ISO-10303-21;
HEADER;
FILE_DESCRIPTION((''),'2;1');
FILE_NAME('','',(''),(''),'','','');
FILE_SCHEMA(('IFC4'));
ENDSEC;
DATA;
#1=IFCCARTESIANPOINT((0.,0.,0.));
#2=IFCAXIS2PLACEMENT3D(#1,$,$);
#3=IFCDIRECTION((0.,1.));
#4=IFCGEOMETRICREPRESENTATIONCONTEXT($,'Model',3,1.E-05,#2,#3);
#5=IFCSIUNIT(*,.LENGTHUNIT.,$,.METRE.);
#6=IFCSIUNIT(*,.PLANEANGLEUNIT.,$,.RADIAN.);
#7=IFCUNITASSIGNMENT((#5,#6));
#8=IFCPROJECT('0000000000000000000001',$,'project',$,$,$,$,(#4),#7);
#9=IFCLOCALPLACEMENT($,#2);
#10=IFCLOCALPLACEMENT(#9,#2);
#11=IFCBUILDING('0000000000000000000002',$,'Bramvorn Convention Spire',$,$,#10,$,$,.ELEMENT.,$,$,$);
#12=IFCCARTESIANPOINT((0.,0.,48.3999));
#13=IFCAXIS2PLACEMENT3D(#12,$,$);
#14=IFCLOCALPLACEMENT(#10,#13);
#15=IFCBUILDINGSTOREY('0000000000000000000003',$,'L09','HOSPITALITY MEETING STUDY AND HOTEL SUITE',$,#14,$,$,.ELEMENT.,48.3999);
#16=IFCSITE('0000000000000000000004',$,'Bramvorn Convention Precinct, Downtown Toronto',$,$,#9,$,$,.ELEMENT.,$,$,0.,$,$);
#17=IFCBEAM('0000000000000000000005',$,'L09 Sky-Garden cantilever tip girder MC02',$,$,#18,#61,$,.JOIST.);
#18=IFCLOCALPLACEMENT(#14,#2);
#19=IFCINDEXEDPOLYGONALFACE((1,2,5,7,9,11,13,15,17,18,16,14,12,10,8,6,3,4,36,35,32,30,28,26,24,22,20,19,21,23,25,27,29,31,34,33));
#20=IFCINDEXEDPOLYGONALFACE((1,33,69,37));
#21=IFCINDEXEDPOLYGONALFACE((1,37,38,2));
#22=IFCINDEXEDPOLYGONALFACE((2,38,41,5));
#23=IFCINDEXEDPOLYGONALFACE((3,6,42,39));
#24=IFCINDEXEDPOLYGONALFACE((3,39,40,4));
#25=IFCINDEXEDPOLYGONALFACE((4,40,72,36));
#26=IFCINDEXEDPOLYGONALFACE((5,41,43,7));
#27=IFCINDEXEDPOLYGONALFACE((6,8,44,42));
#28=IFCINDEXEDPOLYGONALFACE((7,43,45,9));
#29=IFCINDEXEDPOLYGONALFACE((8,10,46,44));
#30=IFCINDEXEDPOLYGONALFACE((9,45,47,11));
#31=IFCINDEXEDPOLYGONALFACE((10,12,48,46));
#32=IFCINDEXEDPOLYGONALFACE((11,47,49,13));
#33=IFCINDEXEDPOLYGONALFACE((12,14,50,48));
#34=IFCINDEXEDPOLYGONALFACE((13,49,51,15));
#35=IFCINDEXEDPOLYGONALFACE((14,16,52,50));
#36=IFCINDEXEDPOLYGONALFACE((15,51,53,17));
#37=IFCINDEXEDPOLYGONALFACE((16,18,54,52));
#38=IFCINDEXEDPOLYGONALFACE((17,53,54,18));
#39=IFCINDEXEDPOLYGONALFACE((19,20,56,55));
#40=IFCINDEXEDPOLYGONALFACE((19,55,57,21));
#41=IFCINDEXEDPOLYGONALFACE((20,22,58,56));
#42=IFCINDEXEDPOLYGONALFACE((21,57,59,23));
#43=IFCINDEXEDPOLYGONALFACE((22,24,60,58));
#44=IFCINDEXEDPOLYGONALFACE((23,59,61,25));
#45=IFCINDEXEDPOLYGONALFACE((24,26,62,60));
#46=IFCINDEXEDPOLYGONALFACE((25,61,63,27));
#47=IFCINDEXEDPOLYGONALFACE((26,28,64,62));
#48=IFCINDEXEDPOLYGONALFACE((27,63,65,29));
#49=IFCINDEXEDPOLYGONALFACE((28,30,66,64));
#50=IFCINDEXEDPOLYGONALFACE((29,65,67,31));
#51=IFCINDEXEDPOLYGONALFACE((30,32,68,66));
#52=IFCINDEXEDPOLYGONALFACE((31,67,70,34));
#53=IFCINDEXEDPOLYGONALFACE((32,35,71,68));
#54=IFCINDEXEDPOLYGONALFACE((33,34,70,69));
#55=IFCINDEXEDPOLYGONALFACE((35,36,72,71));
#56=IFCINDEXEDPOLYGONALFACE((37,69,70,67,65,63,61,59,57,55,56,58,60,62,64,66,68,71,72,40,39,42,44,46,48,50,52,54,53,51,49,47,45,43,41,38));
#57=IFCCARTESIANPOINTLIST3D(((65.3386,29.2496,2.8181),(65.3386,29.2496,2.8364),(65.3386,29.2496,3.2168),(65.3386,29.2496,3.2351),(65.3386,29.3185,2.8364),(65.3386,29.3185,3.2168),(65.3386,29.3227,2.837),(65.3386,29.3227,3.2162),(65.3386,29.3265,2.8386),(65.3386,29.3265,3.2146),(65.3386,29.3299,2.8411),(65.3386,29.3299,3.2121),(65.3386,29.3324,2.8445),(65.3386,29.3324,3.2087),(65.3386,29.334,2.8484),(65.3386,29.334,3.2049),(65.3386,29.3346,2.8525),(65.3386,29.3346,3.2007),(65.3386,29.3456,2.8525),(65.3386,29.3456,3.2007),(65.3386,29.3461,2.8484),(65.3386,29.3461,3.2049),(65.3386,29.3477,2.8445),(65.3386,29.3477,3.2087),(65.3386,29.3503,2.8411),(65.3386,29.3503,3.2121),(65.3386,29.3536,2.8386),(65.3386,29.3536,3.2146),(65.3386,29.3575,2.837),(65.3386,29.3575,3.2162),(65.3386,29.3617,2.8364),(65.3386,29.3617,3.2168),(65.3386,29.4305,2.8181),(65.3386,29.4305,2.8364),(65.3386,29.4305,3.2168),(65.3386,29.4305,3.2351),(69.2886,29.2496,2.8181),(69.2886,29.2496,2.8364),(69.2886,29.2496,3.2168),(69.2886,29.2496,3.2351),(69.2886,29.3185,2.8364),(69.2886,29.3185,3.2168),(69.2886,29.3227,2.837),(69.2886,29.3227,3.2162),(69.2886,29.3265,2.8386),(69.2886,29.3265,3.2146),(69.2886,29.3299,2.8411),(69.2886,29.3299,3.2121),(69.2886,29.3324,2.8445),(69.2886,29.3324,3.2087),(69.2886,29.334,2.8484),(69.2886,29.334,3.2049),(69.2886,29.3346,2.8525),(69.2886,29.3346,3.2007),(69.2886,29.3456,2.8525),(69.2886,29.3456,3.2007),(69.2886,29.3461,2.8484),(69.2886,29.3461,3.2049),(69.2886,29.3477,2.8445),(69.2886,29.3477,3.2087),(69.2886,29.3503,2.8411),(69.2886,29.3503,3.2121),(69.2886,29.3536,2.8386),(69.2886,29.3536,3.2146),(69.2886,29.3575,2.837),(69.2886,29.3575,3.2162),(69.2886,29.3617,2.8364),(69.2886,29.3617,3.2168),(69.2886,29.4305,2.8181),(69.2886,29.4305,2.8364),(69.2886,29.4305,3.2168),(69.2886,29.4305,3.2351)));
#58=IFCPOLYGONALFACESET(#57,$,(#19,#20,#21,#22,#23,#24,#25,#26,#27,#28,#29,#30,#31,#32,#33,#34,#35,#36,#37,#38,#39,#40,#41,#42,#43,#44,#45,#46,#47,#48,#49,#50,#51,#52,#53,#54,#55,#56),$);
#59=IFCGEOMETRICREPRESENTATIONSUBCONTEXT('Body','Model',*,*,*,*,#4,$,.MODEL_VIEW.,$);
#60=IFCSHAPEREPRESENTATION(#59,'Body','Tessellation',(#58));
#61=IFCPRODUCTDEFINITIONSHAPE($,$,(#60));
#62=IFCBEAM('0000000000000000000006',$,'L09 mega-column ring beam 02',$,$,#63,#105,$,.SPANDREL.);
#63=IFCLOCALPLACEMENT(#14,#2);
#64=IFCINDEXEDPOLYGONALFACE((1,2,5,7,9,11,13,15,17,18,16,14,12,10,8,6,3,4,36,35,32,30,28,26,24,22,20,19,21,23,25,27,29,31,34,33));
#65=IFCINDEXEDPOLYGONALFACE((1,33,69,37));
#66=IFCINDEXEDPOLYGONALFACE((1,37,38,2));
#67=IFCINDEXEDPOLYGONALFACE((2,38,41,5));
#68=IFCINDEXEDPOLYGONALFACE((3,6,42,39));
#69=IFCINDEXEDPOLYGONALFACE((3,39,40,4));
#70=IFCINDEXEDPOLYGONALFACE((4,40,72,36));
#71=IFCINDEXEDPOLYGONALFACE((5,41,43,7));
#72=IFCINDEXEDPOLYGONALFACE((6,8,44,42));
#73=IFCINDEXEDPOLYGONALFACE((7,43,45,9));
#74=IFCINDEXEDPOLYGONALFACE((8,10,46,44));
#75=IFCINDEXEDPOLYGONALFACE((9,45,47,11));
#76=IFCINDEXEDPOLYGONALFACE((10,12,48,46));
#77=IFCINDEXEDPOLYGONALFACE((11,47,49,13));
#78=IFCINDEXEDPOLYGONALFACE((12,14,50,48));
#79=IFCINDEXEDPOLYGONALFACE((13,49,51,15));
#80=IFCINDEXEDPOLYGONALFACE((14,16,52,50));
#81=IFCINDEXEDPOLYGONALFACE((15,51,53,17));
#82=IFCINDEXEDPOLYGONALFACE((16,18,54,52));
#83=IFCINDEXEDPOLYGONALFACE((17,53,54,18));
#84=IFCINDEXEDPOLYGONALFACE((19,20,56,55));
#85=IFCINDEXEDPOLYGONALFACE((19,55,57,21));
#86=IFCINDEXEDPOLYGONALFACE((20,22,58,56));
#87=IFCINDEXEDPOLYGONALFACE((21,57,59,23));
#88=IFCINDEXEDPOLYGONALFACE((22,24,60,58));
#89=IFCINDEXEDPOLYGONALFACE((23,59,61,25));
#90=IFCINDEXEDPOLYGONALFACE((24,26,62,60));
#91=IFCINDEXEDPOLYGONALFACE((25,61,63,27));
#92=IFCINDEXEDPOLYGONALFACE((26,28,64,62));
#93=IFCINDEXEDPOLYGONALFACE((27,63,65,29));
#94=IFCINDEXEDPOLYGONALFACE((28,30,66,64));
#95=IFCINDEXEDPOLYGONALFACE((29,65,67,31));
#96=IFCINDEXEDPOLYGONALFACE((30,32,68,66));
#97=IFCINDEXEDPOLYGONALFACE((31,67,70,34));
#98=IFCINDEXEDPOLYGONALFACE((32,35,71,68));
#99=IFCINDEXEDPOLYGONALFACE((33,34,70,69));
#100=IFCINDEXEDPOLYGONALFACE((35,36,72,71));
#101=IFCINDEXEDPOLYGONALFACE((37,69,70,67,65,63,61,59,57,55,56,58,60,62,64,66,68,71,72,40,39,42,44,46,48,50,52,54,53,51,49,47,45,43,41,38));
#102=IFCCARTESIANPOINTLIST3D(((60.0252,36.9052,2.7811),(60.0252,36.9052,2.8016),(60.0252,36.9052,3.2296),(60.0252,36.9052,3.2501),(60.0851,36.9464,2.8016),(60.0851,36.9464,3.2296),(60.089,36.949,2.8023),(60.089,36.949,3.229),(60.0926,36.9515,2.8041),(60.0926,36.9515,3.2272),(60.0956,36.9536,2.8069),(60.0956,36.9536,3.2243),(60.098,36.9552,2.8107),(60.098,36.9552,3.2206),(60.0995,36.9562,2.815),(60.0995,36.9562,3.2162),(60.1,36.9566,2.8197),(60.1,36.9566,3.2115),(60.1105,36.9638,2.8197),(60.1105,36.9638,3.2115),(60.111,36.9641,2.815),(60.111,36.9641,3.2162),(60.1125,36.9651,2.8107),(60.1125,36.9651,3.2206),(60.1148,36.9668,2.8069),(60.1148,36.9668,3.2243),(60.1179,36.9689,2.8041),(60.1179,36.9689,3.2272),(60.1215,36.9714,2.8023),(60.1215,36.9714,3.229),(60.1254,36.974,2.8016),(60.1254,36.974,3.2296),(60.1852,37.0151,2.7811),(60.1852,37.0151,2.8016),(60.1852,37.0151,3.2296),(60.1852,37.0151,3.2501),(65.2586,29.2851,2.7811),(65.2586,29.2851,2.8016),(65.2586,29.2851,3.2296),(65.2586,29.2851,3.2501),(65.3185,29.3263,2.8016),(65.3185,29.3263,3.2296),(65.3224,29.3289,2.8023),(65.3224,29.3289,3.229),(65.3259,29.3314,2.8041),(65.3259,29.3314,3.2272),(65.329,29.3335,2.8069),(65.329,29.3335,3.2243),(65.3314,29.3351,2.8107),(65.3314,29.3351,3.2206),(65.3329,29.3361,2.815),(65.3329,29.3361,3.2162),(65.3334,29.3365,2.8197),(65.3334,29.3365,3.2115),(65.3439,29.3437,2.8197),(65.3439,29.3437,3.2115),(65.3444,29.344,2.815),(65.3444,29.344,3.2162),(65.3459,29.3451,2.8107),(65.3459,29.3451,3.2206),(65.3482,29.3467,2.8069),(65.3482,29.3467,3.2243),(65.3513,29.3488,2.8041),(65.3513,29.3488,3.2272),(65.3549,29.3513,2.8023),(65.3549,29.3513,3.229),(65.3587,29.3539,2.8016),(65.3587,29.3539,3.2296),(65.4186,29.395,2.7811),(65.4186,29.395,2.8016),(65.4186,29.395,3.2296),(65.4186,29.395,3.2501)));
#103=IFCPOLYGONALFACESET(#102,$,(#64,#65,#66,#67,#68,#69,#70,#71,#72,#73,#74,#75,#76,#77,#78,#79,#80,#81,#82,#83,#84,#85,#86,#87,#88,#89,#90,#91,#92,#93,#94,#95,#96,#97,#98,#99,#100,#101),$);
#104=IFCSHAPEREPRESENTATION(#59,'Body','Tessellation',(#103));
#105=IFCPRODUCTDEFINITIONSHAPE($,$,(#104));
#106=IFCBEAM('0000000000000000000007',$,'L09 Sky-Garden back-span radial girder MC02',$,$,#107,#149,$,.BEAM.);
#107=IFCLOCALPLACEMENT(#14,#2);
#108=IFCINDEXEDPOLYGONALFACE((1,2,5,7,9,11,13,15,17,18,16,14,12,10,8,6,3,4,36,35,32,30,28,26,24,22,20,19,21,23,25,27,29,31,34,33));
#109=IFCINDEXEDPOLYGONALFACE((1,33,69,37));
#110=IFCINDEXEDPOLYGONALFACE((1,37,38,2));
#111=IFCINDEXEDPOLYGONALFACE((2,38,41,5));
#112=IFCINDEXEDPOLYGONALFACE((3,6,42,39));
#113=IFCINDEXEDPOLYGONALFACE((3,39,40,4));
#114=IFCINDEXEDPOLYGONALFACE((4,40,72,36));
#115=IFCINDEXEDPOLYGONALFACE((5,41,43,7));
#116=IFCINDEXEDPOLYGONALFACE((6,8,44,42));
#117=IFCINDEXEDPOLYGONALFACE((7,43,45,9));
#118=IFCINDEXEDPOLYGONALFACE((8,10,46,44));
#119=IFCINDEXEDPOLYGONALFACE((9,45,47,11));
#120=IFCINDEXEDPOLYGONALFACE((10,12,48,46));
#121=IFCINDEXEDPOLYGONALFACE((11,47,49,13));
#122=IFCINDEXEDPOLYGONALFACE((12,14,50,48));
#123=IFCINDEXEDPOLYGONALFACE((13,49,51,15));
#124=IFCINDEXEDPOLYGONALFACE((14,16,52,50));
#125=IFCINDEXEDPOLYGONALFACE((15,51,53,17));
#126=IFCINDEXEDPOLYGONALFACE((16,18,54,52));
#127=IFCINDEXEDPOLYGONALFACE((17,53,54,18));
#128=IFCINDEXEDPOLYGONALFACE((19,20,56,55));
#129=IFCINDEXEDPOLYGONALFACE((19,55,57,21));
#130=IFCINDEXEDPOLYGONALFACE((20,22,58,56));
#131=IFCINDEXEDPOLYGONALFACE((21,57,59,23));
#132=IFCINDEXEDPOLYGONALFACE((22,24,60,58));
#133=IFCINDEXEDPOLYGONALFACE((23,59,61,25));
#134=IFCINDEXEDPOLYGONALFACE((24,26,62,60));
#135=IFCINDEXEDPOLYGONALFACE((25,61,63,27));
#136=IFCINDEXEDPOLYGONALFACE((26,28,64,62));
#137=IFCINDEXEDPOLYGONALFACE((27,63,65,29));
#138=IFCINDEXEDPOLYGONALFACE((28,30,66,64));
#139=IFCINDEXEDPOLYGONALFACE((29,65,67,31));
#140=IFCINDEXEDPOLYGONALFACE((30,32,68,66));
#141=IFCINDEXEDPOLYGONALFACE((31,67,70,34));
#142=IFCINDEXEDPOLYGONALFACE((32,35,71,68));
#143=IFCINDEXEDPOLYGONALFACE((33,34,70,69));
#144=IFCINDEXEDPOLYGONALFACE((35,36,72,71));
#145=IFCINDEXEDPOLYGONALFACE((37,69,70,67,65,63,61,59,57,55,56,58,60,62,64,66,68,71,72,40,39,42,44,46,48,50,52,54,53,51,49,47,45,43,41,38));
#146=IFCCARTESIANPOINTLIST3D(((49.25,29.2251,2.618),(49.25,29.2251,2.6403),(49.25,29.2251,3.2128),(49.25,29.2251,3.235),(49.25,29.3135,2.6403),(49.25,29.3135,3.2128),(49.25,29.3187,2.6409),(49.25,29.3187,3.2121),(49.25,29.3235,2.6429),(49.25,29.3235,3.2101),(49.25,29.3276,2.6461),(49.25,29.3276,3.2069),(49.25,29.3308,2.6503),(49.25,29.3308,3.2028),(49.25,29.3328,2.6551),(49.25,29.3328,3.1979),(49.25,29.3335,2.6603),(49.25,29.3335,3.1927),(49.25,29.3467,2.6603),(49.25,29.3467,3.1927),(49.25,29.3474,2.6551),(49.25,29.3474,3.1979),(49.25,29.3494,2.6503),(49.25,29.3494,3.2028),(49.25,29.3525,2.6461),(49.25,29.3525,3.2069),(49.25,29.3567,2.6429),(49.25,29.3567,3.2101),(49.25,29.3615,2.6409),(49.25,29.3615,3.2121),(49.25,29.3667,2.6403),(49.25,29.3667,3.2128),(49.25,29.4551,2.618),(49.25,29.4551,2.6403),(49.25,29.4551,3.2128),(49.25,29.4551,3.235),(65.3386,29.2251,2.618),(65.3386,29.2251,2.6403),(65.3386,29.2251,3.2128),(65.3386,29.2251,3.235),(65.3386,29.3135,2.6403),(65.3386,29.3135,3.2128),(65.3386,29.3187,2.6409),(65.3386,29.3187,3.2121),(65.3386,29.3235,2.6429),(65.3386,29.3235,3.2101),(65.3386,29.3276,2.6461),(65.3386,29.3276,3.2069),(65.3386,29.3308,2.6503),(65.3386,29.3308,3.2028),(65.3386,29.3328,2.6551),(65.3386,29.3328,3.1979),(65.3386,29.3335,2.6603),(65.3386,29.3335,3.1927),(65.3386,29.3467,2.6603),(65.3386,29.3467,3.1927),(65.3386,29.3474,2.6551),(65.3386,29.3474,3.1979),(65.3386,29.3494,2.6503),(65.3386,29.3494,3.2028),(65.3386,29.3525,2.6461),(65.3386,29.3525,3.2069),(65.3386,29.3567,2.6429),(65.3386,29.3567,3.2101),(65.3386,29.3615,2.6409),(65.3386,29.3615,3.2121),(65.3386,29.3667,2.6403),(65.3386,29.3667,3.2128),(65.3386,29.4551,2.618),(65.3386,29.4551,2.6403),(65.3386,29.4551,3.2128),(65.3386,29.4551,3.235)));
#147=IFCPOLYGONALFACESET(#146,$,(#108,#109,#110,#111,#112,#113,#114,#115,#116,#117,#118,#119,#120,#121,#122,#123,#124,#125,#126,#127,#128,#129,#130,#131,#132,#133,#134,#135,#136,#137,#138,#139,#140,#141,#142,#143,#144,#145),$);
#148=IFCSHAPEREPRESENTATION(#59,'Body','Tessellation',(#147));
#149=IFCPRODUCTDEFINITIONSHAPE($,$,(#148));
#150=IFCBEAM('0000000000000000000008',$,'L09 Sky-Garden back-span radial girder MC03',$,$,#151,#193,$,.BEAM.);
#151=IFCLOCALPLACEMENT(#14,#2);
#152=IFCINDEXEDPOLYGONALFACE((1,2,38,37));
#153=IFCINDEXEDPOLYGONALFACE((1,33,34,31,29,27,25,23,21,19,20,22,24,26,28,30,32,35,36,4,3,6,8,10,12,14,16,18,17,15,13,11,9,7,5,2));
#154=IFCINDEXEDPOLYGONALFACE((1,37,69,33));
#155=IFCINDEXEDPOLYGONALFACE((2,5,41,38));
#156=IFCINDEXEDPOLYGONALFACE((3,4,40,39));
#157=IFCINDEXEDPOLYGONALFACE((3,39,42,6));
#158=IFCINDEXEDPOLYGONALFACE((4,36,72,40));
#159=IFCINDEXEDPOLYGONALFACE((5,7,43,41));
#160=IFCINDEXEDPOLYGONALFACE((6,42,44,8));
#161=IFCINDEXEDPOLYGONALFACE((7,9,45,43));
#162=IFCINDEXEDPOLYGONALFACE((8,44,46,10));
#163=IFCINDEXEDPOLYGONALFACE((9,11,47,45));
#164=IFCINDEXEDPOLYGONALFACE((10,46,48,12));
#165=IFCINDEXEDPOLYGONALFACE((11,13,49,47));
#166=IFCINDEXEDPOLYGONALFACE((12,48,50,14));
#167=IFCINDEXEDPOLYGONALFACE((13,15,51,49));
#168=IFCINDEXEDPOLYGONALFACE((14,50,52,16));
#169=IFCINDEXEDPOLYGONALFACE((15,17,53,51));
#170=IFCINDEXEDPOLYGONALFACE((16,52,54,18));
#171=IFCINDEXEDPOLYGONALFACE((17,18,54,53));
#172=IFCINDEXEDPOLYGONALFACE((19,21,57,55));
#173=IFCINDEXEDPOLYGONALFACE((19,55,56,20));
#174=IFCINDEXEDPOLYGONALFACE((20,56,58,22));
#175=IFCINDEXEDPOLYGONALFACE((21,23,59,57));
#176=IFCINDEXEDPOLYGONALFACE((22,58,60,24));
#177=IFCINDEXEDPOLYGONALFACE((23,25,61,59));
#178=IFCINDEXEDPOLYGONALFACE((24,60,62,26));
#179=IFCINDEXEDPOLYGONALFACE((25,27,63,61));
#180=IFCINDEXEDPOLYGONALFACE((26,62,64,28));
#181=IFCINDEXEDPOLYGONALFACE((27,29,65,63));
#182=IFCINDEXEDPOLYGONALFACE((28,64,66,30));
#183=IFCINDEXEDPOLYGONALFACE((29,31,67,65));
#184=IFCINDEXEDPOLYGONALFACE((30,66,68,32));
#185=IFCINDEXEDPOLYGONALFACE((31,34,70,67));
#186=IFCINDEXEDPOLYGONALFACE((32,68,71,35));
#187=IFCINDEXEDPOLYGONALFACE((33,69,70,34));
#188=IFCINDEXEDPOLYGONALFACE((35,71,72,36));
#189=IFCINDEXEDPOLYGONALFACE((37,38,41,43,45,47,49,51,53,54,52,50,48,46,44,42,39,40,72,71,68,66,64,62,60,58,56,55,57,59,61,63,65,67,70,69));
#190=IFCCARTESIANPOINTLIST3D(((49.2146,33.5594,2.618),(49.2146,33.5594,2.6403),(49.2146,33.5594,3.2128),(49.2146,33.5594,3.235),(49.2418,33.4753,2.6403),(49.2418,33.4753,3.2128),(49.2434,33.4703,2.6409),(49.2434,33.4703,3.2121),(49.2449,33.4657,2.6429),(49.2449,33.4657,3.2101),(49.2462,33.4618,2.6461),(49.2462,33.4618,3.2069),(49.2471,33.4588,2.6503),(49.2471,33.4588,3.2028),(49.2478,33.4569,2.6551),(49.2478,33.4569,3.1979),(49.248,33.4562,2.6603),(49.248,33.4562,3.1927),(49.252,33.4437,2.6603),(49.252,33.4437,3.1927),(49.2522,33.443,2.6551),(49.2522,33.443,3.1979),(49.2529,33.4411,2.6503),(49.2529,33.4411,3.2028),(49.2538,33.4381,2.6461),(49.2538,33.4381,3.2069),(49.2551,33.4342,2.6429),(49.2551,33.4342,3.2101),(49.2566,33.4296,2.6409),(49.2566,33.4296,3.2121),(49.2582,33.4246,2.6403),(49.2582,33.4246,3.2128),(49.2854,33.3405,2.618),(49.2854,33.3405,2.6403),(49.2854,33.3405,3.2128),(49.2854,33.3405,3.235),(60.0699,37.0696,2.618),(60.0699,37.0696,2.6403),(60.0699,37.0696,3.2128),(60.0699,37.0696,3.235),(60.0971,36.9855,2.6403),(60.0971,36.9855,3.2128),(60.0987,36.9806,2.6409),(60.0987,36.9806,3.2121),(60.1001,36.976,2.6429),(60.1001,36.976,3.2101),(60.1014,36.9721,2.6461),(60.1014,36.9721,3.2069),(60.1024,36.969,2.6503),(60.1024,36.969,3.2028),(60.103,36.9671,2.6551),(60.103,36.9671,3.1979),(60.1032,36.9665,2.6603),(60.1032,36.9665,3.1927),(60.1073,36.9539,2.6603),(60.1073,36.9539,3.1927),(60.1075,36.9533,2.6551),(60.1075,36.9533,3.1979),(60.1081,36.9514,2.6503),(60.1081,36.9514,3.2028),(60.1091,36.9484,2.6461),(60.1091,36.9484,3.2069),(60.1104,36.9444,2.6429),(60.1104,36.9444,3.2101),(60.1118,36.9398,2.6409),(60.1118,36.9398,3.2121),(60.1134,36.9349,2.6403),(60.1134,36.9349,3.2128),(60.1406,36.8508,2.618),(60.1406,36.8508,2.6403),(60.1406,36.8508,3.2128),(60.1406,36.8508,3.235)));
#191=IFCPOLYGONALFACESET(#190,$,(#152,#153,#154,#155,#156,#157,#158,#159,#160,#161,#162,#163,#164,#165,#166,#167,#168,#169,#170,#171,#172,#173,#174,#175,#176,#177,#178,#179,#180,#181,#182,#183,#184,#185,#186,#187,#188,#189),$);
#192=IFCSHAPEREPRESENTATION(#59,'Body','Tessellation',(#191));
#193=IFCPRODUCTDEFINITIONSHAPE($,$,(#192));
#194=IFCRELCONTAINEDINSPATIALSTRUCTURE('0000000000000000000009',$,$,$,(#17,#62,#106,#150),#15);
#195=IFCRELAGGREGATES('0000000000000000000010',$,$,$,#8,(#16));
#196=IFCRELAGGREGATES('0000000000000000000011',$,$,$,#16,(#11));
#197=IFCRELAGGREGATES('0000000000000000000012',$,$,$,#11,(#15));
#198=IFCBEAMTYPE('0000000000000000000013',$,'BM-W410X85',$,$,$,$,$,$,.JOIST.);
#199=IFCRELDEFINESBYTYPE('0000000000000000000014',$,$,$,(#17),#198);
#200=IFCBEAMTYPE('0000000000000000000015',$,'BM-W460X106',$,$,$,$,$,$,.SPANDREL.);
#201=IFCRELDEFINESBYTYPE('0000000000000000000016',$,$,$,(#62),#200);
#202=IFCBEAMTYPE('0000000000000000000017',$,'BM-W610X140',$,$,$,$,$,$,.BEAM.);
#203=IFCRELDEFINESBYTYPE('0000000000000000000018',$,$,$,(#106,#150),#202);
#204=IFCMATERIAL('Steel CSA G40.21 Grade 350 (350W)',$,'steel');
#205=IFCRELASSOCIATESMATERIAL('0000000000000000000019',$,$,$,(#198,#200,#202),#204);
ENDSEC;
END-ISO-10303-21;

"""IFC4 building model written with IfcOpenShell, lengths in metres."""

from ifc_helpers import new_model, si_unit, direction, frame, origin, origin_2d, place, context, subcontext, project, spatial, i_section, extrude, material, material_profile, profile_set, type_object, element, save


model = new_model("IFC4")

# Units and contexts
model_context = context("Model", 3, precision=1e-05, world=origin(), true_north=direction((0.0, 1.0)))
body_context = subcontext(model_context, "Body", "Model", "MODEL_VIEW")
ifc_project = project(units=[si_unit("LENGTHUNIT", "METRE"), si_unit("PLANEANGLEUNIT", "RADIAN")], contexts=[model_context])

# Site, building, storey
site_placement = place(None, origin())
site = spatial("IfcSite", under=ifc_project, at=site_placement, Name="Bramvorn Convention Precinct, Downtown Toronto", CompositionType="ELEMENT", RefElevation=0.0)
building_placement = place(site_placement, origin())
building = spatial("IfcBuilding", under=site, at=building_placement, Name="Bramvorn Convention Spire", CompositionType="ELEMENT")
storey_placement = place(building_placement, frame((0.0, 0.0, 48.3999)))
storey = spatial("IfcBuildingStorey", under=building, at=storey_placement, Name="L09", Description="HOSPITALITY MEETING STUDY AND HOTEL SUITE", CompositionType="ELEMENT", Elevation=48.3999)

# Shared definitions
ifc_material_1 = material(Name="Steel CSA G40.21 Grade 350 (350W)", Category="steel")

# Beams
ifc_material_profile_1 = material_profile(ifc_material_1, i_section(OverallWidth=0.1809, OverallDepth=0.417, WebThickness=0.011, FlangeThickness=0.0183, FilletRadius=0.0161, at=origin_2d()))
ifc_profile_set_1 = profile_set([ifc_material_profile_1], Name="Steel CSA G40.21 Grade 350 (350W) - W410X85")
beam_type_1 = type_object("IfcBeamType", Name="BM-W410X85", PredefinedType="JOIST", material=ifc_profile_set_1)
beam_1_placement = place(storey_placement, frame((65.3386, 29.3401, 3.0266), z_axis=(1.0, 0.0, 0.0), x_axis=(0.0, 1.0, 0.0)))
element("IfcBeam", 1, at=beam_1_placement, inside=storey, type_object=beam_type_1, Name="L09 Sky-Garden cantilever tip girder MC02", PredefinedType="JOIST", context=body_context, shape_type="SweptSolid", body=[
    extrude(i_section(OverallWidth=0.1809, OverallDepth=0.417, WebThickness=0.011, FlangeThickness=0.0183, FilletRadius=0.0161, at=origin_2d()), origin(), (0.0, 0.0, 1.0), 3.95),
])
ifc_material_profile_2 = material_profile(ifc_material_1, i_section(OverallWidth=0.1941, OverallDepth=0.469, WebThickness=0.0127, FlangeThickness=0.0205, FilletRadius=0.0181, at=origin_2d()))
ifc_profile_set_2 = profile_set([ifc_material_profile_2], Name="Steel CSA G40.21 Grade 350 (350W) - W460X106")
beam_type_2 = type_object("IfcBeamType", Name="BM-W460X106", PredefinedType="SPANDREL", material=ifc_profile_set_2)
beam_2_placement = place(storey_placement, frame((65.3386, 29.3401, 3.0156), z_axis=(-0.56613, 0.824316, 0.0), x_axis=(-0.824316, -0.56613, 0.0)))
element("IfcBeam", 2, at=beam_2_placement, inside=storey, type_object=beam_type_2, Name="L09 mega-column ring beam 02", PredefinedType="SPANDREL", context=body_context, shape_type="SweptSolid", body=[
    extrude(i_section(OverallWidth=0.1941, OverallDepth=0.469, WebThickness=0.0127, FlangeThickness=0.0205, FilletRadius=0.0181, at=origin_2d()), origin(), (0.0, 0.0, 1.0), 9.2441),
])
ifc_material_profile_3 = material_profile(ifc_material_1, i_section(OverallWidth=0.23, OverallDepth=0.6169, WebThickness=0.0132, FlangeThickness=0.0222, FilletRadius=0.02, at=origin_2d()))
ifc_profile_set_3 = profile_set([ifc_material_profile_3], Name="Steel CSA G40.21 Grade 350 (350W) - W610X140")
beam_type_3 = type_object("IfcBeamType", Name="BM-W610X140", PredefinedType="BEAM", material=ifc_profile_set_3)
beam_3_placement = place(storey_placement, frame((49.25, 29.3401, 2.9265), z_axis=(1.0, 0.0, 0.0), x_axis=(0.0, 1.0, 0.0)))
element("IfcBeam", 3, at=beam_3_placement, inside=storey, type_object=beam_type_3, Name="L09 Sky-Garden back-span radial girder MC02", PredefinedType="BEAM", context=body_context, shape_type="SweptSolid", body=[
    extrude(i_section(OverallWidth=0.23, OverallDepth=0.6169, WebThickness=0.0132, FlangeThickness=0.0222, FilletRadius=0.02, at=origin_2d()), origin(), (0.0, 0.0, 1.0), 16.0886),
])
beam_4_placement = place(storey_placement, frame((49.25, 33.45, 2.9265), z_axis=(0.951489, 0.307683, 0.0), x_axis=(-0.307683, 0.951489, 0.0)))
element("IfcBeam", 4, at=beam_4_placement, inside=storey, type_object=beam_type_3, Name="L09 Sky-Garden back-span radial girder MC03", PredefinedType="BEAM", context=body_context, shape_type="SweptSolid", body=[
    extrude(i_section(OverallWidth=0.23, OverallDepth=0.6169, WebThickness=0.0132, FlangeThickness=0.0222, FilletRadius=0.02, at=origin_2d()), origin(), (0.0, 0.0, 1.0), 11.4087),
])

save(model, "model.ifc")
